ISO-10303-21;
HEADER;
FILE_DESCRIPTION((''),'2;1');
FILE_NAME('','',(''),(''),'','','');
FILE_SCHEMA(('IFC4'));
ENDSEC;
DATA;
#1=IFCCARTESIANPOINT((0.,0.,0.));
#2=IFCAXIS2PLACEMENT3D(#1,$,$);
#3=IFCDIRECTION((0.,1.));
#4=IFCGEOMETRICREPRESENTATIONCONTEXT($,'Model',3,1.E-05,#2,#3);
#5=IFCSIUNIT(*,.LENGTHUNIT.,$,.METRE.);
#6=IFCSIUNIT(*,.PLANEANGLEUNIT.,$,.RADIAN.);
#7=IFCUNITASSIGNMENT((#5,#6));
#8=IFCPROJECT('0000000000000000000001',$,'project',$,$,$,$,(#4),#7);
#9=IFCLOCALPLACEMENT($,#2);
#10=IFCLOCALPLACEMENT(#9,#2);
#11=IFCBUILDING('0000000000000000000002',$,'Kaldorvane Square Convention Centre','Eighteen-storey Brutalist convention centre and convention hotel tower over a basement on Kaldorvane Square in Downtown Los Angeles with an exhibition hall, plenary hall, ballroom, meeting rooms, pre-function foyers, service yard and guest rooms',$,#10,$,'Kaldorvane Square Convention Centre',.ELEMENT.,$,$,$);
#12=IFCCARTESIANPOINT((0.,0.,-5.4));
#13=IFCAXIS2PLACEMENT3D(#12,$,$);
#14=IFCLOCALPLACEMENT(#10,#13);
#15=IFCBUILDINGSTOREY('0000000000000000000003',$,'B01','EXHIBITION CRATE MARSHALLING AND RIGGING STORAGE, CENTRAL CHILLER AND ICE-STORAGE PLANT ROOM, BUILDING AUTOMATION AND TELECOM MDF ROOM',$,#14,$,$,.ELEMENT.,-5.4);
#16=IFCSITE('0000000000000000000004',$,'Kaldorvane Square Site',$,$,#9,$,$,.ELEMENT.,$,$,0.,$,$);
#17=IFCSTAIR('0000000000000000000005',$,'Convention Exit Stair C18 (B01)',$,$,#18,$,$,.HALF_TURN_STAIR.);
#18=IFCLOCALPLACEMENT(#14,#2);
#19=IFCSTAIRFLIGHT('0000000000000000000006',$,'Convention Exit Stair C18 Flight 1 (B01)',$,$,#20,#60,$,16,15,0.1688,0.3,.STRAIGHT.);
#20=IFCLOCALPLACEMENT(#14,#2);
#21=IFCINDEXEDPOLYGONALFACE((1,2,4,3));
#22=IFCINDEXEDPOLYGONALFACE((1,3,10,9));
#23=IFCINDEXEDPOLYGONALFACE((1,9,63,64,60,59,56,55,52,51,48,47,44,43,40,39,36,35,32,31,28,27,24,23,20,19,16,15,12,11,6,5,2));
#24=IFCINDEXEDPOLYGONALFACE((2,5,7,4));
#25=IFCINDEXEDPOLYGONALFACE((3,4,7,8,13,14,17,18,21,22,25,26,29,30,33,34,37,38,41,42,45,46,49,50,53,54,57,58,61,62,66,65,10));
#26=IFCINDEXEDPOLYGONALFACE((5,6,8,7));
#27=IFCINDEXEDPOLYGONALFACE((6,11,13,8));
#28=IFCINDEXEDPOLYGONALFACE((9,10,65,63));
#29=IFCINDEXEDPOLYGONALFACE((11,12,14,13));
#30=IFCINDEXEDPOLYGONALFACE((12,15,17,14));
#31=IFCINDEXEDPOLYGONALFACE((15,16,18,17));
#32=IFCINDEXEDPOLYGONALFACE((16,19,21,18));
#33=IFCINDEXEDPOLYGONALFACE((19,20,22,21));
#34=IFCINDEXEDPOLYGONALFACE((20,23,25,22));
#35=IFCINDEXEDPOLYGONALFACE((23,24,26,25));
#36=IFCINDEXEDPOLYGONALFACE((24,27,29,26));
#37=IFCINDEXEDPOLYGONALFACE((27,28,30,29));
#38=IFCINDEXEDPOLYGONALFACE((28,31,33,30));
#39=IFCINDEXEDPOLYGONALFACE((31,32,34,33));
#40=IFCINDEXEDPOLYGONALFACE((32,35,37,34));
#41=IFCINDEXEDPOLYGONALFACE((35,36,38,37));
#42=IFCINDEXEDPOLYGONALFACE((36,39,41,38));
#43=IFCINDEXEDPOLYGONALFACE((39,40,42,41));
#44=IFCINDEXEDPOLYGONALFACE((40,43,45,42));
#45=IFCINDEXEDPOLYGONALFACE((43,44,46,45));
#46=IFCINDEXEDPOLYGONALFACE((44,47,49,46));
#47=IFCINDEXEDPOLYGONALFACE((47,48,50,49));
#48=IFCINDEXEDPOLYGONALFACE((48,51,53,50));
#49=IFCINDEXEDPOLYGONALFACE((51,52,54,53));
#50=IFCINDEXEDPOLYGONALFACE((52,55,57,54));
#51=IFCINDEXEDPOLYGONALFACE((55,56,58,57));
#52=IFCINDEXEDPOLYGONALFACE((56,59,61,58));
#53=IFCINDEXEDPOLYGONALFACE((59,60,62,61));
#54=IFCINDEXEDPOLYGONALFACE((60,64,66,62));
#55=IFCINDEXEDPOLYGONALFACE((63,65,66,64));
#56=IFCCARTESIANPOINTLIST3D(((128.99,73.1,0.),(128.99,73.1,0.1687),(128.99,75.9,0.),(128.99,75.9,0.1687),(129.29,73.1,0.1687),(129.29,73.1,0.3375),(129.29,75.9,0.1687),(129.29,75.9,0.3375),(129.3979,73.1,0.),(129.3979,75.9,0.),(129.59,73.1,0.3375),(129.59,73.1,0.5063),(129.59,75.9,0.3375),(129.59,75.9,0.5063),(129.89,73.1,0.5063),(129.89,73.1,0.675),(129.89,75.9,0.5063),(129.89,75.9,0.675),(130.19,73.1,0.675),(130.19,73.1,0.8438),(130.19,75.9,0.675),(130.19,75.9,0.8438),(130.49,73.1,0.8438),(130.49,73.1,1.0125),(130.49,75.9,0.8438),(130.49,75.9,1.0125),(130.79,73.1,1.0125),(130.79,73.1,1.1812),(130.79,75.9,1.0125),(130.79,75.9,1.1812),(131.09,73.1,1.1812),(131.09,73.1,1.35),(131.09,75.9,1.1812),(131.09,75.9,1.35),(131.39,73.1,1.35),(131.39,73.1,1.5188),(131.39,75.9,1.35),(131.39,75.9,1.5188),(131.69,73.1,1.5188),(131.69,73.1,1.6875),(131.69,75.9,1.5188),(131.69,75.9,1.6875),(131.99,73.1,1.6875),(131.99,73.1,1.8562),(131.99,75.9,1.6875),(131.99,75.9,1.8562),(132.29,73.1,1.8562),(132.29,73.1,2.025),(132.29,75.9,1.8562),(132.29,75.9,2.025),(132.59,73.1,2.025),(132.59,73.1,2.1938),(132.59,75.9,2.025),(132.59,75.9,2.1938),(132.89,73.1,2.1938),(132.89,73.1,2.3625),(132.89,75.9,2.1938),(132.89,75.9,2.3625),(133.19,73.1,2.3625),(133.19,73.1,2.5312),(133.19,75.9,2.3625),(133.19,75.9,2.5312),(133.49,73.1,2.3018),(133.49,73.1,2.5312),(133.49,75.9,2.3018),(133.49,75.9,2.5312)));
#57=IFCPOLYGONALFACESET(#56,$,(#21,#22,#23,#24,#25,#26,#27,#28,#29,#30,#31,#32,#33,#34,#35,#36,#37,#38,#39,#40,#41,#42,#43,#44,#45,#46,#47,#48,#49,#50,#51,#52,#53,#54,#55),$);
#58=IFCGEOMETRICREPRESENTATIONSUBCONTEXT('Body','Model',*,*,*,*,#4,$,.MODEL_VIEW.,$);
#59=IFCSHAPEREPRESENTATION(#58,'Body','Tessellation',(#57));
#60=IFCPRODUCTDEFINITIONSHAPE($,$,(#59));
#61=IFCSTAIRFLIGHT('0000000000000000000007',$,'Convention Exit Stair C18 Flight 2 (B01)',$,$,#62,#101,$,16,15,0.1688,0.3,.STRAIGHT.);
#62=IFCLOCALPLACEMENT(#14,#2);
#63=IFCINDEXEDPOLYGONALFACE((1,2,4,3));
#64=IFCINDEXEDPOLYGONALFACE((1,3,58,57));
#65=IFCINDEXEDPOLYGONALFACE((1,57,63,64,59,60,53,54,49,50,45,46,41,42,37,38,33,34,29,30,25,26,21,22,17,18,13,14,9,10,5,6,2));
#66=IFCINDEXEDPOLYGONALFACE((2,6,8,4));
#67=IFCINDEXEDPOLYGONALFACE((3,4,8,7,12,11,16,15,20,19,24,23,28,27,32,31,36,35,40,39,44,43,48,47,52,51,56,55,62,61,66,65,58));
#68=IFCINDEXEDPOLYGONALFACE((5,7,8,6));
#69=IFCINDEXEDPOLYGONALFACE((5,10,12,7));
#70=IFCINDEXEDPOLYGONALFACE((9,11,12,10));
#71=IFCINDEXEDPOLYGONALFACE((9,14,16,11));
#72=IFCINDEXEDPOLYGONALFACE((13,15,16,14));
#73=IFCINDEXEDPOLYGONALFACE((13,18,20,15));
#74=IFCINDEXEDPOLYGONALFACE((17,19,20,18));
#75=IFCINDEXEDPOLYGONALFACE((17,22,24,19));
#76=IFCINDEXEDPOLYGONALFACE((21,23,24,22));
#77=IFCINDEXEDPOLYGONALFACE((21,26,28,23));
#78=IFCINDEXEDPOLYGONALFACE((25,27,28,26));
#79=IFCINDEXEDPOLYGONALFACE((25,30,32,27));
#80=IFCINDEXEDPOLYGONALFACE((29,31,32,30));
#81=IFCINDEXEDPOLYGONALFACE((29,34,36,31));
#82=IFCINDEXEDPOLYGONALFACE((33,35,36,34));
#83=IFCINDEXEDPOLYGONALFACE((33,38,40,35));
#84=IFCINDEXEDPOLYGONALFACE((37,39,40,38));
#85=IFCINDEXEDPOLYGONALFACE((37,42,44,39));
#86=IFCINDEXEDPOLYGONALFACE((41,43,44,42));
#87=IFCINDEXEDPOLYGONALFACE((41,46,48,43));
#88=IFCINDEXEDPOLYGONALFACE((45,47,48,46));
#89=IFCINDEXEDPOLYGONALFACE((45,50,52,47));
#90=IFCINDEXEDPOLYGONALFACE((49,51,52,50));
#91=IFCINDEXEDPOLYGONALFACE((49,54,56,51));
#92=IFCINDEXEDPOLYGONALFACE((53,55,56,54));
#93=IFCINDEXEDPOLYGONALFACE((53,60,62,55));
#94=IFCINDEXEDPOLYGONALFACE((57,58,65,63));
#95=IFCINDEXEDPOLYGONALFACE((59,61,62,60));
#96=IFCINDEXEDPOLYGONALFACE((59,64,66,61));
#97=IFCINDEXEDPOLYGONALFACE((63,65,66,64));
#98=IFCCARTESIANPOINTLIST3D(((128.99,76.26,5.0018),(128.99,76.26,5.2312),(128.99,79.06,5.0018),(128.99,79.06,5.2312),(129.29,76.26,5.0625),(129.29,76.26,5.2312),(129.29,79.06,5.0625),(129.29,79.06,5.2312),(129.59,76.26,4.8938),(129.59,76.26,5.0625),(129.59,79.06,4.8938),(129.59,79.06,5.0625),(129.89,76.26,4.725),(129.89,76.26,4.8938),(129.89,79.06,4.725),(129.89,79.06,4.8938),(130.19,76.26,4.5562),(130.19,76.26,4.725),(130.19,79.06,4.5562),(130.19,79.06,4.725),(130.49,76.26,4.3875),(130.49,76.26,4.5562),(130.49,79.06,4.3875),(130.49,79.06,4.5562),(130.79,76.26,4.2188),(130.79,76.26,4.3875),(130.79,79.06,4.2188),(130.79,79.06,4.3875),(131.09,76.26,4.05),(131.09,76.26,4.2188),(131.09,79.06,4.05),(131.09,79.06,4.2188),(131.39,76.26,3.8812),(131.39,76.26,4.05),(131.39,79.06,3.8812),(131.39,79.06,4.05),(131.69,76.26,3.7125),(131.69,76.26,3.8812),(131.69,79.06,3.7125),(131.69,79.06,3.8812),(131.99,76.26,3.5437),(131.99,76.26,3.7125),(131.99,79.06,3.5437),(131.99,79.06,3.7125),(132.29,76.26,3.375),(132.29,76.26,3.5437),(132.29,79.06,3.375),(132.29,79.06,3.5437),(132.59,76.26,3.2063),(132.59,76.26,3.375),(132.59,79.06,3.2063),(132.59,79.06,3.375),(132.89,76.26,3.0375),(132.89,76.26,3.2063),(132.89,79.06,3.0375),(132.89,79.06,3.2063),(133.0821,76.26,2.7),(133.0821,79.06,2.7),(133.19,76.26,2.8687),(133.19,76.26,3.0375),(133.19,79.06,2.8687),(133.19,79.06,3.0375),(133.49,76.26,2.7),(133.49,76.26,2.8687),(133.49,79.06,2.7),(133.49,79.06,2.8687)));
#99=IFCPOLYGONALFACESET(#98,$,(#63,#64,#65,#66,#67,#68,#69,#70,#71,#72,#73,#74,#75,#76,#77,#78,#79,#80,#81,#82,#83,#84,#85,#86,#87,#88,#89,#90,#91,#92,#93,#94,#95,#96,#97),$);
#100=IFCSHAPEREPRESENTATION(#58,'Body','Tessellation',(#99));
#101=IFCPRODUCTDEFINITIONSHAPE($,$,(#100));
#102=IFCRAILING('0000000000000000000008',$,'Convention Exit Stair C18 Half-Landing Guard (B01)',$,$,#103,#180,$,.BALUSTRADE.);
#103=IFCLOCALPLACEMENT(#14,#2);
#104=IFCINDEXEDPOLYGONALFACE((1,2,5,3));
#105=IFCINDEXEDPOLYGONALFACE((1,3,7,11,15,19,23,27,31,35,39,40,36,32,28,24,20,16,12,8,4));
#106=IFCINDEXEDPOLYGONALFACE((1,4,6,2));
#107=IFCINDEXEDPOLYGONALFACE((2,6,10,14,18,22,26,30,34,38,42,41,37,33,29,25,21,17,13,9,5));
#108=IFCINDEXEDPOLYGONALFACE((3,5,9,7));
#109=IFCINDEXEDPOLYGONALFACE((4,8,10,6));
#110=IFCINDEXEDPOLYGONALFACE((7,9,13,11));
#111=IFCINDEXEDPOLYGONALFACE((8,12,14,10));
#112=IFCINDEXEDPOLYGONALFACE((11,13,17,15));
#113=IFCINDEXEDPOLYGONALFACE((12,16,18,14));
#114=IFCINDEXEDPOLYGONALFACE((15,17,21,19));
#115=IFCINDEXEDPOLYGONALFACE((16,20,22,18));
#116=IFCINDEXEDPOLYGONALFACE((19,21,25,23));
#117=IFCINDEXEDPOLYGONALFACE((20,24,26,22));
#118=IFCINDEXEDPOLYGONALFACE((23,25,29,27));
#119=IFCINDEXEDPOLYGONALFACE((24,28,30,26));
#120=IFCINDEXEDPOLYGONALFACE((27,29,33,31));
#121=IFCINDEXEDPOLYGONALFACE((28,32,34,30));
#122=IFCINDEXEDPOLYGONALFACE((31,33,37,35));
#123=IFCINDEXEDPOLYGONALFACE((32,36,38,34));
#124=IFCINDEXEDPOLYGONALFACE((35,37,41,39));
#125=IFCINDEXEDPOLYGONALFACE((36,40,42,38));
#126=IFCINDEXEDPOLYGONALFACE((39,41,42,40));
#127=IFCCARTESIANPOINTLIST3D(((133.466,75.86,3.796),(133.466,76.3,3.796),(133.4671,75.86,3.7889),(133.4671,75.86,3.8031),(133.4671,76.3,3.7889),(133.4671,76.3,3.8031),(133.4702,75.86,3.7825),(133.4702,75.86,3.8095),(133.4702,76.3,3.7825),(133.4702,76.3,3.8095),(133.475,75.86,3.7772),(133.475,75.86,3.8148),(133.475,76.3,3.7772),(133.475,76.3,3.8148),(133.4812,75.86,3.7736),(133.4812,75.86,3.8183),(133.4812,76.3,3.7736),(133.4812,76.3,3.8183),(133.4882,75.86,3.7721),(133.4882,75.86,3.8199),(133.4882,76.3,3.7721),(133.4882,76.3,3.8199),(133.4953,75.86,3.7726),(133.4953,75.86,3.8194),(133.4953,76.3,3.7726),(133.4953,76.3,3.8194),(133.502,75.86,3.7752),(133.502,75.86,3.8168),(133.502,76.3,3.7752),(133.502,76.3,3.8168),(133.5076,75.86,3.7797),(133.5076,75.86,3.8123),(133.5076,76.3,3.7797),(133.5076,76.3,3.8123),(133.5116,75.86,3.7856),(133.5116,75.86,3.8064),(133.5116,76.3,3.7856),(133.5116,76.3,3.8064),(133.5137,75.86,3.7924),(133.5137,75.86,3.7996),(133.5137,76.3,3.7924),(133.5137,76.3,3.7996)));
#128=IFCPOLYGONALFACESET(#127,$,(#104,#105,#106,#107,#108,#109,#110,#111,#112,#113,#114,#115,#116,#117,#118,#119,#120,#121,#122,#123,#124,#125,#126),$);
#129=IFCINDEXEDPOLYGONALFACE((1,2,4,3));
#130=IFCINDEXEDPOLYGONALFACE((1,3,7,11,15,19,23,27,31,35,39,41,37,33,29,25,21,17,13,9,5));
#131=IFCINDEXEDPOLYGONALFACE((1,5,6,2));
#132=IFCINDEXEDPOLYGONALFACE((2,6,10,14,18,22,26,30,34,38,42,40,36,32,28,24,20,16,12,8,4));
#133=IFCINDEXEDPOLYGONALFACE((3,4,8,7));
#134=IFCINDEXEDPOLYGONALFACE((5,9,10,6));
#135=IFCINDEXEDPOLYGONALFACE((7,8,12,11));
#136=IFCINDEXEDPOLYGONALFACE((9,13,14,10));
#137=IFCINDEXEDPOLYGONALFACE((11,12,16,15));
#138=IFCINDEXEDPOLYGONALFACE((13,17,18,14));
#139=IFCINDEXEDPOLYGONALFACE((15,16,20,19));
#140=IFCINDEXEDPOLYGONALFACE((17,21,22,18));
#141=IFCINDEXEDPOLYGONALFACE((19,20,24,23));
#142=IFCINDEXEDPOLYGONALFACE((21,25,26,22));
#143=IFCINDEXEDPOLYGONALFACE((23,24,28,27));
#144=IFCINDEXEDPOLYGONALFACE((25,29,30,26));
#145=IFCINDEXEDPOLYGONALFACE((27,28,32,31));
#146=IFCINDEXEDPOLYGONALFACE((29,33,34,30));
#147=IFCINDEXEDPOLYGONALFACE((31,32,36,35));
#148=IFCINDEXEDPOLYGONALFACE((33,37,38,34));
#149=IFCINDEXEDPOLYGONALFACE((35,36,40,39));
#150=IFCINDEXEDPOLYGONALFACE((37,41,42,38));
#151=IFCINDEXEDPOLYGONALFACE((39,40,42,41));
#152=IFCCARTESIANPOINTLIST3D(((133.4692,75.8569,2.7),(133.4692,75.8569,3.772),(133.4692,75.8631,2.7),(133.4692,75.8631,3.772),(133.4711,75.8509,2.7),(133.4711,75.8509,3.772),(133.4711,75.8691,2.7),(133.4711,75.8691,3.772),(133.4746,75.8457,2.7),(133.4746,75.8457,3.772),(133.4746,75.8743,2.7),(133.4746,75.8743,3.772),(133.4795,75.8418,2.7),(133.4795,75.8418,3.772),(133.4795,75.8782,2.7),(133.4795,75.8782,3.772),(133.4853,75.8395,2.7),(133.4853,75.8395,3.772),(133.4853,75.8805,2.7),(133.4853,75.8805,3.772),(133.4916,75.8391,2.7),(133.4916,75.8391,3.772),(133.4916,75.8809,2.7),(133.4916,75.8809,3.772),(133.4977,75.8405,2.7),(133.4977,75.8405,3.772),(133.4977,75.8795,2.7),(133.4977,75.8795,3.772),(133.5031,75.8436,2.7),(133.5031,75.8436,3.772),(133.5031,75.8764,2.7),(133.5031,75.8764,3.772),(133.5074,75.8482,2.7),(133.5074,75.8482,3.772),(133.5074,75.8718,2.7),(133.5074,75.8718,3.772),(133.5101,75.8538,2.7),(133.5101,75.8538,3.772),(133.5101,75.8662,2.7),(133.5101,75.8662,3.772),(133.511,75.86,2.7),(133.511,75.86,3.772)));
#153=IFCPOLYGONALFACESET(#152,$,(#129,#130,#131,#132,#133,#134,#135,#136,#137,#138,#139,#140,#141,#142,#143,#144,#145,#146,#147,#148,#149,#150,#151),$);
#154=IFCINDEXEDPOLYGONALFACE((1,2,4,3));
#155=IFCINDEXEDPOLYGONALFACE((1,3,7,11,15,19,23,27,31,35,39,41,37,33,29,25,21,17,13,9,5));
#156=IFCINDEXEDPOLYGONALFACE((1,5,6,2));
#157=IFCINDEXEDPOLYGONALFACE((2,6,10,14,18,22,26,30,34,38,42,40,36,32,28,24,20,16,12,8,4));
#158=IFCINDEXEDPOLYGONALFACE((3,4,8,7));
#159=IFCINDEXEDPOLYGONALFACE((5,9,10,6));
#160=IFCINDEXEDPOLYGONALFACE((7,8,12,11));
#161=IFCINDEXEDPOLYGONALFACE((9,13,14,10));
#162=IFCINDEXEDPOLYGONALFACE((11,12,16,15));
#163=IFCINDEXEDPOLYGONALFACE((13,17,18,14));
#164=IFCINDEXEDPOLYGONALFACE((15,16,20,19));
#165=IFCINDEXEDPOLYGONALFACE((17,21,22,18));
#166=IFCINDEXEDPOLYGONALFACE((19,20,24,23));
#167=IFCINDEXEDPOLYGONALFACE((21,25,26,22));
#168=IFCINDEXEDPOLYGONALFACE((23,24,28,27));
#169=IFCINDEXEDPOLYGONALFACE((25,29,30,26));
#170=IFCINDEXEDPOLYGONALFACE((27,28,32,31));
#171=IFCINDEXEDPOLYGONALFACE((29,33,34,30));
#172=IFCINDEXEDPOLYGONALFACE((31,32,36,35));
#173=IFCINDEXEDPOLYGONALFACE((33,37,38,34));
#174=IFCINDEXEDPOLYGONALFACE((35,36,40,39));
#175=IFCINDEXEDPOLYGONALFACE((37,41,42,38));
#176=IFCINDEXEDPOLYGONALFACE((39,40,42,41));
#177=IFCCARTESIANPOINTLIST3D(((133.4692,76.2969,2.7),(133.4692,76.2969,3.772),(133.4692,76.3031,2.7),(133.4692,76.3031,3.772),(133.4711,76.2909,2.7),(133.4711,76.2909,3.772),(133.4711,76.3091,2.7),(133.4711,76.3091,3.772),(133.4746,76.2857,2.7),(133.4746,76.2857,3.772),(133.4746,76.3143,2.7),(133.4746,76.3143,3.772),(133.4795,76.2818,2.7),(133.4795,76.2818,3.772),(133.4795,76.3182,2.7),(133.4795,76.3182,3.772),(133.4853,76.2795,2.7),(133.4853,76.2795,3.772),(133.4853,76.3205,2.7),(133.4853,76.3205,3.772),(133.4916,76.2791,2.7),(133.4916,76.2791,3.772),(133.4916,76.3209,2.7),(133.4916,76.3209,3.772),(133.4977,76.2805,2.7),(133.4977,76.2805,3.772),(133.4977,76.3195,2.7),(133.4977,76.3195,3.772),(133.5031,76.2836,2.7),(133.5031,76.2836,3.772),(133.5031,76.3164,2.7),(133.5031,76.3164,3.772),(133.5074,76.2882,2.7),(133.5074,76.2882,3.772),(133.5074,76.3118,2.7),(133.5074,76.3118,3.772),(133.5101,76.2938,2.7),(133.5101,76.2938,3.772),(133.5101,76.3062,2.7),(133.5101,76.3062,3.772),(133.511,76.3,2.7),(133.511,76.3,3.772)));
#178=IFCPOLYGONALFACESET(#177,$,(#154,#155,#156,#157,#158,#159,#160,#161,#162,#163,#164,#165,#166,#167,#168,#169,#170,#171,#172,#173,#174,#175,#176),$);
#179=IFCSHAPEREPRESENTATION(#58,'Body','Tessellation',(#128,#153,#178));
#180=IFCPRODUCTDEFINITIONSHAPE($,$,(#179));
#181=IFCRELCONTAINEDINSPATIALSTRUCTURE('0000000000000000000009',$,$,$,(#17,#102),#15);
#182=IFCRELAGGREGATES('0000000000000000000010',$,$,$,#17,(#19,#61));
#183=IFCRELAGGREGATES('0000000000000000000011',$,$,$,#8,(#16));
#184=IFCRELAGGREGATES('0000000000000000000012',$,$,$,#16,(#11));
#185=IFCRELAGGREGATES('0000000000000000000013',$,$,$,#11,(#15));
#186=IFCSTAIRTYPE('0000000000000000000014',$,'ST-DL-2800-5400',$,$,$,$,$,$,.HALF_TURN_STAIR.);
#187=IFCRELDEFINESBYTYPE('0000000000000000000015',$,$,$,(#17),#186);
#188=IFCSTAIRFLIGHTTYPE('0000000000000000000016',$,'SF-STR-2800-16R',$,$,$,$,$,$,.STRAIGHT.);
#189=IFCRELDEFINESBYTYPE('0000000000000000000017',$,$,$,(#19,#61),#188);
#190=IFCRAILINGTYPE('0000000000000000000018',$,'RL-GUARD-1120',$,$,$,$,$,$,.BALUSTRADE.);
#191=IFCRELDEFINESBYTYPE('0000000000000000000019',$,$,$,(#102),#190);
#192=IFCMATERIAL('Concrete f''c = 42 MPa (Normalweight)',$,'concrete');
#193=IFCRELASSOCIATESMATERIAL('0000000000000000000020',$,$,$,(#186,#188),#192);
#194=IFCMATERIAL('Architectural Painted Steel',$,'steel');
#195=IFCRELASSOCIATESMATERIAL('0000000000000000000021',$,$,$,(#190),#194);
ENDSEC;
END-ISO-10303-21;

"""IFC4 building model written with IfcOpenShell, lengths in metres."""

from ifc_helpers import new_model, si_unit, direction, frame, origin, origin_2d, place, context, subcontext, project, spatial, polyline, circle, outline, extrude, material, type_object, element, aggregate, save


model = new_model("IFC4")

# Units and contexts
model_context = context("Model", 3, precision=1e-05, world=origin(), true_north=direction((0.0, 1.0)))
body_context = subcontext(model_context, "Body", "Model", "MODEL_VIEW")
ifc_project = project(units=[si_unit("LENGTHUNIT", "METRE"), si_unit("PLANEANGLEUNIT", "RADIAN")], contexts=[model_context])

# Site, building, storey
site_placement = place(None, origin())
site = spatial("IfcSite", under=ifc_project, at=site_placement, Name="Kaldorvane Square Site", CompositionType="ELEMENT", RefElevation=0.0)
building_placement = place(site_placement, origin())
building = spatial("IfcBuilding", under=site, at=building_placement, Name="Kaldorvane Square Convention Centre", Description="Eighteen-storey Brutalist convention centre and convention hotel tower over a basement on Kaldorvane Square in Downtown Los Angeles with an exhibition hall, plenary hall, ballroom, meeting rooms, pre-function foyers, service yard and guest rooms", LongName="Kaldorvane Square Convention Centre", CompositionType="ELEMENT")
storey_placement = place(building_placement, frame((0.0, 0.0, -5.4)))
storey = spatial("IfcBuildingStorey", under=building, at=storey_placement, Name="B01", Description="EXHIBITION CRATE MARSHALLING AND RIGGING STORAGE, CENTRAL CHILLER AND ICE-STORAGE PLANT ROOM, BUILDING AUTOMATION AND TELECOM MDF ROOM", CompositionType="ELEMENT", Elevation=-5.4)

# Shared definitions
ifc_material_1 = material(Name="Concrete f'c = 42 MPa (Normalweight)", Category="concrete")

# Stair, stair flights
stair_type = type_object("IfcStairType", Name="ST-DL-2800-5400", PredefinedType="HALF_TURN_STAIR", material=ifc_material_1)
stair_placement = place(storey_placement, origin())
stair = element("IfcStair", 1, at=stair_placement, inside=storey, type_object=stair_type, Name="Convention Exit Stair C18 (B01)", PredefinedType="HALF_TURN_STAIR")
stair_flight_type = type_object("IfcStairFlightType", Name="SF-STR-2800-16R", PredefinedType="STRAIGHT", material=ifc_material_1)
stair_flight_1_placement = place(storey_placement, frame((128.99, 74.5, 0.0), z_axis=(0.0, 0.0, 1.0), x_axis=(1.0, 0.0, 0.0)))
stair_flight_1 = element("IfcStairFlight", 2, at=stair_flight_1_placement, type_object=stair_flight_type, Name="Convention Exit Stair C18 Flight 1 (B01)", NumberOfRisers=16, NumberOfTreads=15, PredefinedType="STRAIGHT", RiserHeight=0.1688, TreadLength=0.3, context=body_context, shape_type="SweptSolid", body=[
    extrude(outline(polyline([(0.0, 0.0), (0.0, 0.1687), (0.3, 0.1687), (0.3, 0.3375), (0.6, 0.3375), (0.6, 0.5063), (0.9, 0.5063), (0.9, 0.675), (1.2, 0.675), (1.2, 0.8438), (1.5, 0.8438), (1.5, 1.0125), (1.8, 1.0125), (1.8, 1.1812), (2.1, 1.1812), (2.1, 1.35), (2.4, 1.35), (2.4, 1.5188), (2.7, 1.5188), (2.7, 1.6875), (3.0, 1.6875), (3.0, 1.8562), (3.3, 1.8562), (3.3, 2.025), (3.6, 2.025), (3.6, 2.1938), (3.9, 2.1938), (3.9, 2.3625), (4.2, 2.3625), (4.2, 2.5312), (4.5, 2.5312), (4.5, 2.7), (4.5, 2.3018), (0.4079, 0.0), (0.0, 0.0)])), frame((0.0, 1.4, 0.0), z_axis=(0.0, -1.0, 0.0), x_axis=(1.0, 0.0, 0.0)), (0.0, 0.0, 1.0), 2.8),
])
stair_flight_2_placement = place(storey_placement, frame((133.49, 77.66, 2.7), z_axis=(0.0, 0.0, 1.0), x_axis=(-1.0, 0.0, 0.0)))
stair_flight_2 = element("IfcStairFlight", 3, at=stair_flight_2_placement, type_object=stair_flight_type, Name="Convention Exit Stair C18 Flight 2 (B01)", NumberOfRisers=16, NumberOfTreads=15, PredefinedType="STRAIGHT", RiserHeight=0.1688, TreadLength=0.3, context=body_context, shape_type="SweptSolid", body=[
    extrude(outline(polyline([(0.0, 0.0), (0.0, 0.1687), (0.3, 0.1687), (0.3, 0.3375), (0.6, 0.3375), (0.6, 0.5063), (0.9, 0.5063), (0.9, 0.675), (1.2, 0.675), (1.2, 0.8438), (1.5, 0.8438), (1.5, 1.0125), (1.8, 1.0125), (1.8, 1.1812), (2.1, 1.1812), (2.1, 1.35), (2.4, 1.35), (2.4, 1.5188), (2.7, 1.5188), (2.7, 1.6875), (3.0, 1.6875), (3.0, 1.8562), (3.3, 1.8562), (3.3, 2.025), (3.6, 2.025), (3.6, 2.1938), (3.9, 2.1938), (3.9, 2.3625), (4.2, 2.3625), (4.2, 2.5312), (4.5, 2.5312), (4.5, 2.7), (4.5, 2.3018), (0.4079, 0.0), (0.0, 0.0)])), frame((0.0, 1.4, 0.0), z_axis=(0.0, -1.0, 0.0), x_axis=(1.0, 0.0, 0.0)), (0.0, 0.0, 1.0), 2.8),
])
aggregate(stair, [stair_flight_1, stair_flight_2])

# Railing
ifc_material_2 = material(Name="Architectural Painted Steel", Category="steel")
railing_type_1 = type_object("IfcRailingType", Name="RL-GUARD-1120", PredefinedType="BALUSTRADE", material=ifc_material_2)
railing_1_placement = place(storey_placement, frame((133.49, 75.86, 2.7)))
element("IfcRailing", 4, at=railing_1_placement, inside=storey, type_object=railing_type_1, Name="Convention Exit Stair C18 Half-Landing Guard (B01)", PredefinedType="BALUSTRADE", context=body_context, shape_type="SweptSolid", body=[
    extrude(circle(Radius=0.024, at=origin_2d()), frame((0.0, 0.0, 1.096), z_axis=(0.0, 1.0, 0.0), x_axis=(-1.0, 0.0, 0.0)), (0.0, 0.0, 1.0), 0.44),
    extrude(circle(Radius=0.021, at=origin_2d()), origin(), (0.0, 0.0, 1.0), 1.072),
    extrude(circle(Radius=0.021, at=origin_2d()), frame((0.0, 0.44, 0.0)), (0.0, 0.0, 1.0), 1.072),
])

save(model, "model.ifc")
